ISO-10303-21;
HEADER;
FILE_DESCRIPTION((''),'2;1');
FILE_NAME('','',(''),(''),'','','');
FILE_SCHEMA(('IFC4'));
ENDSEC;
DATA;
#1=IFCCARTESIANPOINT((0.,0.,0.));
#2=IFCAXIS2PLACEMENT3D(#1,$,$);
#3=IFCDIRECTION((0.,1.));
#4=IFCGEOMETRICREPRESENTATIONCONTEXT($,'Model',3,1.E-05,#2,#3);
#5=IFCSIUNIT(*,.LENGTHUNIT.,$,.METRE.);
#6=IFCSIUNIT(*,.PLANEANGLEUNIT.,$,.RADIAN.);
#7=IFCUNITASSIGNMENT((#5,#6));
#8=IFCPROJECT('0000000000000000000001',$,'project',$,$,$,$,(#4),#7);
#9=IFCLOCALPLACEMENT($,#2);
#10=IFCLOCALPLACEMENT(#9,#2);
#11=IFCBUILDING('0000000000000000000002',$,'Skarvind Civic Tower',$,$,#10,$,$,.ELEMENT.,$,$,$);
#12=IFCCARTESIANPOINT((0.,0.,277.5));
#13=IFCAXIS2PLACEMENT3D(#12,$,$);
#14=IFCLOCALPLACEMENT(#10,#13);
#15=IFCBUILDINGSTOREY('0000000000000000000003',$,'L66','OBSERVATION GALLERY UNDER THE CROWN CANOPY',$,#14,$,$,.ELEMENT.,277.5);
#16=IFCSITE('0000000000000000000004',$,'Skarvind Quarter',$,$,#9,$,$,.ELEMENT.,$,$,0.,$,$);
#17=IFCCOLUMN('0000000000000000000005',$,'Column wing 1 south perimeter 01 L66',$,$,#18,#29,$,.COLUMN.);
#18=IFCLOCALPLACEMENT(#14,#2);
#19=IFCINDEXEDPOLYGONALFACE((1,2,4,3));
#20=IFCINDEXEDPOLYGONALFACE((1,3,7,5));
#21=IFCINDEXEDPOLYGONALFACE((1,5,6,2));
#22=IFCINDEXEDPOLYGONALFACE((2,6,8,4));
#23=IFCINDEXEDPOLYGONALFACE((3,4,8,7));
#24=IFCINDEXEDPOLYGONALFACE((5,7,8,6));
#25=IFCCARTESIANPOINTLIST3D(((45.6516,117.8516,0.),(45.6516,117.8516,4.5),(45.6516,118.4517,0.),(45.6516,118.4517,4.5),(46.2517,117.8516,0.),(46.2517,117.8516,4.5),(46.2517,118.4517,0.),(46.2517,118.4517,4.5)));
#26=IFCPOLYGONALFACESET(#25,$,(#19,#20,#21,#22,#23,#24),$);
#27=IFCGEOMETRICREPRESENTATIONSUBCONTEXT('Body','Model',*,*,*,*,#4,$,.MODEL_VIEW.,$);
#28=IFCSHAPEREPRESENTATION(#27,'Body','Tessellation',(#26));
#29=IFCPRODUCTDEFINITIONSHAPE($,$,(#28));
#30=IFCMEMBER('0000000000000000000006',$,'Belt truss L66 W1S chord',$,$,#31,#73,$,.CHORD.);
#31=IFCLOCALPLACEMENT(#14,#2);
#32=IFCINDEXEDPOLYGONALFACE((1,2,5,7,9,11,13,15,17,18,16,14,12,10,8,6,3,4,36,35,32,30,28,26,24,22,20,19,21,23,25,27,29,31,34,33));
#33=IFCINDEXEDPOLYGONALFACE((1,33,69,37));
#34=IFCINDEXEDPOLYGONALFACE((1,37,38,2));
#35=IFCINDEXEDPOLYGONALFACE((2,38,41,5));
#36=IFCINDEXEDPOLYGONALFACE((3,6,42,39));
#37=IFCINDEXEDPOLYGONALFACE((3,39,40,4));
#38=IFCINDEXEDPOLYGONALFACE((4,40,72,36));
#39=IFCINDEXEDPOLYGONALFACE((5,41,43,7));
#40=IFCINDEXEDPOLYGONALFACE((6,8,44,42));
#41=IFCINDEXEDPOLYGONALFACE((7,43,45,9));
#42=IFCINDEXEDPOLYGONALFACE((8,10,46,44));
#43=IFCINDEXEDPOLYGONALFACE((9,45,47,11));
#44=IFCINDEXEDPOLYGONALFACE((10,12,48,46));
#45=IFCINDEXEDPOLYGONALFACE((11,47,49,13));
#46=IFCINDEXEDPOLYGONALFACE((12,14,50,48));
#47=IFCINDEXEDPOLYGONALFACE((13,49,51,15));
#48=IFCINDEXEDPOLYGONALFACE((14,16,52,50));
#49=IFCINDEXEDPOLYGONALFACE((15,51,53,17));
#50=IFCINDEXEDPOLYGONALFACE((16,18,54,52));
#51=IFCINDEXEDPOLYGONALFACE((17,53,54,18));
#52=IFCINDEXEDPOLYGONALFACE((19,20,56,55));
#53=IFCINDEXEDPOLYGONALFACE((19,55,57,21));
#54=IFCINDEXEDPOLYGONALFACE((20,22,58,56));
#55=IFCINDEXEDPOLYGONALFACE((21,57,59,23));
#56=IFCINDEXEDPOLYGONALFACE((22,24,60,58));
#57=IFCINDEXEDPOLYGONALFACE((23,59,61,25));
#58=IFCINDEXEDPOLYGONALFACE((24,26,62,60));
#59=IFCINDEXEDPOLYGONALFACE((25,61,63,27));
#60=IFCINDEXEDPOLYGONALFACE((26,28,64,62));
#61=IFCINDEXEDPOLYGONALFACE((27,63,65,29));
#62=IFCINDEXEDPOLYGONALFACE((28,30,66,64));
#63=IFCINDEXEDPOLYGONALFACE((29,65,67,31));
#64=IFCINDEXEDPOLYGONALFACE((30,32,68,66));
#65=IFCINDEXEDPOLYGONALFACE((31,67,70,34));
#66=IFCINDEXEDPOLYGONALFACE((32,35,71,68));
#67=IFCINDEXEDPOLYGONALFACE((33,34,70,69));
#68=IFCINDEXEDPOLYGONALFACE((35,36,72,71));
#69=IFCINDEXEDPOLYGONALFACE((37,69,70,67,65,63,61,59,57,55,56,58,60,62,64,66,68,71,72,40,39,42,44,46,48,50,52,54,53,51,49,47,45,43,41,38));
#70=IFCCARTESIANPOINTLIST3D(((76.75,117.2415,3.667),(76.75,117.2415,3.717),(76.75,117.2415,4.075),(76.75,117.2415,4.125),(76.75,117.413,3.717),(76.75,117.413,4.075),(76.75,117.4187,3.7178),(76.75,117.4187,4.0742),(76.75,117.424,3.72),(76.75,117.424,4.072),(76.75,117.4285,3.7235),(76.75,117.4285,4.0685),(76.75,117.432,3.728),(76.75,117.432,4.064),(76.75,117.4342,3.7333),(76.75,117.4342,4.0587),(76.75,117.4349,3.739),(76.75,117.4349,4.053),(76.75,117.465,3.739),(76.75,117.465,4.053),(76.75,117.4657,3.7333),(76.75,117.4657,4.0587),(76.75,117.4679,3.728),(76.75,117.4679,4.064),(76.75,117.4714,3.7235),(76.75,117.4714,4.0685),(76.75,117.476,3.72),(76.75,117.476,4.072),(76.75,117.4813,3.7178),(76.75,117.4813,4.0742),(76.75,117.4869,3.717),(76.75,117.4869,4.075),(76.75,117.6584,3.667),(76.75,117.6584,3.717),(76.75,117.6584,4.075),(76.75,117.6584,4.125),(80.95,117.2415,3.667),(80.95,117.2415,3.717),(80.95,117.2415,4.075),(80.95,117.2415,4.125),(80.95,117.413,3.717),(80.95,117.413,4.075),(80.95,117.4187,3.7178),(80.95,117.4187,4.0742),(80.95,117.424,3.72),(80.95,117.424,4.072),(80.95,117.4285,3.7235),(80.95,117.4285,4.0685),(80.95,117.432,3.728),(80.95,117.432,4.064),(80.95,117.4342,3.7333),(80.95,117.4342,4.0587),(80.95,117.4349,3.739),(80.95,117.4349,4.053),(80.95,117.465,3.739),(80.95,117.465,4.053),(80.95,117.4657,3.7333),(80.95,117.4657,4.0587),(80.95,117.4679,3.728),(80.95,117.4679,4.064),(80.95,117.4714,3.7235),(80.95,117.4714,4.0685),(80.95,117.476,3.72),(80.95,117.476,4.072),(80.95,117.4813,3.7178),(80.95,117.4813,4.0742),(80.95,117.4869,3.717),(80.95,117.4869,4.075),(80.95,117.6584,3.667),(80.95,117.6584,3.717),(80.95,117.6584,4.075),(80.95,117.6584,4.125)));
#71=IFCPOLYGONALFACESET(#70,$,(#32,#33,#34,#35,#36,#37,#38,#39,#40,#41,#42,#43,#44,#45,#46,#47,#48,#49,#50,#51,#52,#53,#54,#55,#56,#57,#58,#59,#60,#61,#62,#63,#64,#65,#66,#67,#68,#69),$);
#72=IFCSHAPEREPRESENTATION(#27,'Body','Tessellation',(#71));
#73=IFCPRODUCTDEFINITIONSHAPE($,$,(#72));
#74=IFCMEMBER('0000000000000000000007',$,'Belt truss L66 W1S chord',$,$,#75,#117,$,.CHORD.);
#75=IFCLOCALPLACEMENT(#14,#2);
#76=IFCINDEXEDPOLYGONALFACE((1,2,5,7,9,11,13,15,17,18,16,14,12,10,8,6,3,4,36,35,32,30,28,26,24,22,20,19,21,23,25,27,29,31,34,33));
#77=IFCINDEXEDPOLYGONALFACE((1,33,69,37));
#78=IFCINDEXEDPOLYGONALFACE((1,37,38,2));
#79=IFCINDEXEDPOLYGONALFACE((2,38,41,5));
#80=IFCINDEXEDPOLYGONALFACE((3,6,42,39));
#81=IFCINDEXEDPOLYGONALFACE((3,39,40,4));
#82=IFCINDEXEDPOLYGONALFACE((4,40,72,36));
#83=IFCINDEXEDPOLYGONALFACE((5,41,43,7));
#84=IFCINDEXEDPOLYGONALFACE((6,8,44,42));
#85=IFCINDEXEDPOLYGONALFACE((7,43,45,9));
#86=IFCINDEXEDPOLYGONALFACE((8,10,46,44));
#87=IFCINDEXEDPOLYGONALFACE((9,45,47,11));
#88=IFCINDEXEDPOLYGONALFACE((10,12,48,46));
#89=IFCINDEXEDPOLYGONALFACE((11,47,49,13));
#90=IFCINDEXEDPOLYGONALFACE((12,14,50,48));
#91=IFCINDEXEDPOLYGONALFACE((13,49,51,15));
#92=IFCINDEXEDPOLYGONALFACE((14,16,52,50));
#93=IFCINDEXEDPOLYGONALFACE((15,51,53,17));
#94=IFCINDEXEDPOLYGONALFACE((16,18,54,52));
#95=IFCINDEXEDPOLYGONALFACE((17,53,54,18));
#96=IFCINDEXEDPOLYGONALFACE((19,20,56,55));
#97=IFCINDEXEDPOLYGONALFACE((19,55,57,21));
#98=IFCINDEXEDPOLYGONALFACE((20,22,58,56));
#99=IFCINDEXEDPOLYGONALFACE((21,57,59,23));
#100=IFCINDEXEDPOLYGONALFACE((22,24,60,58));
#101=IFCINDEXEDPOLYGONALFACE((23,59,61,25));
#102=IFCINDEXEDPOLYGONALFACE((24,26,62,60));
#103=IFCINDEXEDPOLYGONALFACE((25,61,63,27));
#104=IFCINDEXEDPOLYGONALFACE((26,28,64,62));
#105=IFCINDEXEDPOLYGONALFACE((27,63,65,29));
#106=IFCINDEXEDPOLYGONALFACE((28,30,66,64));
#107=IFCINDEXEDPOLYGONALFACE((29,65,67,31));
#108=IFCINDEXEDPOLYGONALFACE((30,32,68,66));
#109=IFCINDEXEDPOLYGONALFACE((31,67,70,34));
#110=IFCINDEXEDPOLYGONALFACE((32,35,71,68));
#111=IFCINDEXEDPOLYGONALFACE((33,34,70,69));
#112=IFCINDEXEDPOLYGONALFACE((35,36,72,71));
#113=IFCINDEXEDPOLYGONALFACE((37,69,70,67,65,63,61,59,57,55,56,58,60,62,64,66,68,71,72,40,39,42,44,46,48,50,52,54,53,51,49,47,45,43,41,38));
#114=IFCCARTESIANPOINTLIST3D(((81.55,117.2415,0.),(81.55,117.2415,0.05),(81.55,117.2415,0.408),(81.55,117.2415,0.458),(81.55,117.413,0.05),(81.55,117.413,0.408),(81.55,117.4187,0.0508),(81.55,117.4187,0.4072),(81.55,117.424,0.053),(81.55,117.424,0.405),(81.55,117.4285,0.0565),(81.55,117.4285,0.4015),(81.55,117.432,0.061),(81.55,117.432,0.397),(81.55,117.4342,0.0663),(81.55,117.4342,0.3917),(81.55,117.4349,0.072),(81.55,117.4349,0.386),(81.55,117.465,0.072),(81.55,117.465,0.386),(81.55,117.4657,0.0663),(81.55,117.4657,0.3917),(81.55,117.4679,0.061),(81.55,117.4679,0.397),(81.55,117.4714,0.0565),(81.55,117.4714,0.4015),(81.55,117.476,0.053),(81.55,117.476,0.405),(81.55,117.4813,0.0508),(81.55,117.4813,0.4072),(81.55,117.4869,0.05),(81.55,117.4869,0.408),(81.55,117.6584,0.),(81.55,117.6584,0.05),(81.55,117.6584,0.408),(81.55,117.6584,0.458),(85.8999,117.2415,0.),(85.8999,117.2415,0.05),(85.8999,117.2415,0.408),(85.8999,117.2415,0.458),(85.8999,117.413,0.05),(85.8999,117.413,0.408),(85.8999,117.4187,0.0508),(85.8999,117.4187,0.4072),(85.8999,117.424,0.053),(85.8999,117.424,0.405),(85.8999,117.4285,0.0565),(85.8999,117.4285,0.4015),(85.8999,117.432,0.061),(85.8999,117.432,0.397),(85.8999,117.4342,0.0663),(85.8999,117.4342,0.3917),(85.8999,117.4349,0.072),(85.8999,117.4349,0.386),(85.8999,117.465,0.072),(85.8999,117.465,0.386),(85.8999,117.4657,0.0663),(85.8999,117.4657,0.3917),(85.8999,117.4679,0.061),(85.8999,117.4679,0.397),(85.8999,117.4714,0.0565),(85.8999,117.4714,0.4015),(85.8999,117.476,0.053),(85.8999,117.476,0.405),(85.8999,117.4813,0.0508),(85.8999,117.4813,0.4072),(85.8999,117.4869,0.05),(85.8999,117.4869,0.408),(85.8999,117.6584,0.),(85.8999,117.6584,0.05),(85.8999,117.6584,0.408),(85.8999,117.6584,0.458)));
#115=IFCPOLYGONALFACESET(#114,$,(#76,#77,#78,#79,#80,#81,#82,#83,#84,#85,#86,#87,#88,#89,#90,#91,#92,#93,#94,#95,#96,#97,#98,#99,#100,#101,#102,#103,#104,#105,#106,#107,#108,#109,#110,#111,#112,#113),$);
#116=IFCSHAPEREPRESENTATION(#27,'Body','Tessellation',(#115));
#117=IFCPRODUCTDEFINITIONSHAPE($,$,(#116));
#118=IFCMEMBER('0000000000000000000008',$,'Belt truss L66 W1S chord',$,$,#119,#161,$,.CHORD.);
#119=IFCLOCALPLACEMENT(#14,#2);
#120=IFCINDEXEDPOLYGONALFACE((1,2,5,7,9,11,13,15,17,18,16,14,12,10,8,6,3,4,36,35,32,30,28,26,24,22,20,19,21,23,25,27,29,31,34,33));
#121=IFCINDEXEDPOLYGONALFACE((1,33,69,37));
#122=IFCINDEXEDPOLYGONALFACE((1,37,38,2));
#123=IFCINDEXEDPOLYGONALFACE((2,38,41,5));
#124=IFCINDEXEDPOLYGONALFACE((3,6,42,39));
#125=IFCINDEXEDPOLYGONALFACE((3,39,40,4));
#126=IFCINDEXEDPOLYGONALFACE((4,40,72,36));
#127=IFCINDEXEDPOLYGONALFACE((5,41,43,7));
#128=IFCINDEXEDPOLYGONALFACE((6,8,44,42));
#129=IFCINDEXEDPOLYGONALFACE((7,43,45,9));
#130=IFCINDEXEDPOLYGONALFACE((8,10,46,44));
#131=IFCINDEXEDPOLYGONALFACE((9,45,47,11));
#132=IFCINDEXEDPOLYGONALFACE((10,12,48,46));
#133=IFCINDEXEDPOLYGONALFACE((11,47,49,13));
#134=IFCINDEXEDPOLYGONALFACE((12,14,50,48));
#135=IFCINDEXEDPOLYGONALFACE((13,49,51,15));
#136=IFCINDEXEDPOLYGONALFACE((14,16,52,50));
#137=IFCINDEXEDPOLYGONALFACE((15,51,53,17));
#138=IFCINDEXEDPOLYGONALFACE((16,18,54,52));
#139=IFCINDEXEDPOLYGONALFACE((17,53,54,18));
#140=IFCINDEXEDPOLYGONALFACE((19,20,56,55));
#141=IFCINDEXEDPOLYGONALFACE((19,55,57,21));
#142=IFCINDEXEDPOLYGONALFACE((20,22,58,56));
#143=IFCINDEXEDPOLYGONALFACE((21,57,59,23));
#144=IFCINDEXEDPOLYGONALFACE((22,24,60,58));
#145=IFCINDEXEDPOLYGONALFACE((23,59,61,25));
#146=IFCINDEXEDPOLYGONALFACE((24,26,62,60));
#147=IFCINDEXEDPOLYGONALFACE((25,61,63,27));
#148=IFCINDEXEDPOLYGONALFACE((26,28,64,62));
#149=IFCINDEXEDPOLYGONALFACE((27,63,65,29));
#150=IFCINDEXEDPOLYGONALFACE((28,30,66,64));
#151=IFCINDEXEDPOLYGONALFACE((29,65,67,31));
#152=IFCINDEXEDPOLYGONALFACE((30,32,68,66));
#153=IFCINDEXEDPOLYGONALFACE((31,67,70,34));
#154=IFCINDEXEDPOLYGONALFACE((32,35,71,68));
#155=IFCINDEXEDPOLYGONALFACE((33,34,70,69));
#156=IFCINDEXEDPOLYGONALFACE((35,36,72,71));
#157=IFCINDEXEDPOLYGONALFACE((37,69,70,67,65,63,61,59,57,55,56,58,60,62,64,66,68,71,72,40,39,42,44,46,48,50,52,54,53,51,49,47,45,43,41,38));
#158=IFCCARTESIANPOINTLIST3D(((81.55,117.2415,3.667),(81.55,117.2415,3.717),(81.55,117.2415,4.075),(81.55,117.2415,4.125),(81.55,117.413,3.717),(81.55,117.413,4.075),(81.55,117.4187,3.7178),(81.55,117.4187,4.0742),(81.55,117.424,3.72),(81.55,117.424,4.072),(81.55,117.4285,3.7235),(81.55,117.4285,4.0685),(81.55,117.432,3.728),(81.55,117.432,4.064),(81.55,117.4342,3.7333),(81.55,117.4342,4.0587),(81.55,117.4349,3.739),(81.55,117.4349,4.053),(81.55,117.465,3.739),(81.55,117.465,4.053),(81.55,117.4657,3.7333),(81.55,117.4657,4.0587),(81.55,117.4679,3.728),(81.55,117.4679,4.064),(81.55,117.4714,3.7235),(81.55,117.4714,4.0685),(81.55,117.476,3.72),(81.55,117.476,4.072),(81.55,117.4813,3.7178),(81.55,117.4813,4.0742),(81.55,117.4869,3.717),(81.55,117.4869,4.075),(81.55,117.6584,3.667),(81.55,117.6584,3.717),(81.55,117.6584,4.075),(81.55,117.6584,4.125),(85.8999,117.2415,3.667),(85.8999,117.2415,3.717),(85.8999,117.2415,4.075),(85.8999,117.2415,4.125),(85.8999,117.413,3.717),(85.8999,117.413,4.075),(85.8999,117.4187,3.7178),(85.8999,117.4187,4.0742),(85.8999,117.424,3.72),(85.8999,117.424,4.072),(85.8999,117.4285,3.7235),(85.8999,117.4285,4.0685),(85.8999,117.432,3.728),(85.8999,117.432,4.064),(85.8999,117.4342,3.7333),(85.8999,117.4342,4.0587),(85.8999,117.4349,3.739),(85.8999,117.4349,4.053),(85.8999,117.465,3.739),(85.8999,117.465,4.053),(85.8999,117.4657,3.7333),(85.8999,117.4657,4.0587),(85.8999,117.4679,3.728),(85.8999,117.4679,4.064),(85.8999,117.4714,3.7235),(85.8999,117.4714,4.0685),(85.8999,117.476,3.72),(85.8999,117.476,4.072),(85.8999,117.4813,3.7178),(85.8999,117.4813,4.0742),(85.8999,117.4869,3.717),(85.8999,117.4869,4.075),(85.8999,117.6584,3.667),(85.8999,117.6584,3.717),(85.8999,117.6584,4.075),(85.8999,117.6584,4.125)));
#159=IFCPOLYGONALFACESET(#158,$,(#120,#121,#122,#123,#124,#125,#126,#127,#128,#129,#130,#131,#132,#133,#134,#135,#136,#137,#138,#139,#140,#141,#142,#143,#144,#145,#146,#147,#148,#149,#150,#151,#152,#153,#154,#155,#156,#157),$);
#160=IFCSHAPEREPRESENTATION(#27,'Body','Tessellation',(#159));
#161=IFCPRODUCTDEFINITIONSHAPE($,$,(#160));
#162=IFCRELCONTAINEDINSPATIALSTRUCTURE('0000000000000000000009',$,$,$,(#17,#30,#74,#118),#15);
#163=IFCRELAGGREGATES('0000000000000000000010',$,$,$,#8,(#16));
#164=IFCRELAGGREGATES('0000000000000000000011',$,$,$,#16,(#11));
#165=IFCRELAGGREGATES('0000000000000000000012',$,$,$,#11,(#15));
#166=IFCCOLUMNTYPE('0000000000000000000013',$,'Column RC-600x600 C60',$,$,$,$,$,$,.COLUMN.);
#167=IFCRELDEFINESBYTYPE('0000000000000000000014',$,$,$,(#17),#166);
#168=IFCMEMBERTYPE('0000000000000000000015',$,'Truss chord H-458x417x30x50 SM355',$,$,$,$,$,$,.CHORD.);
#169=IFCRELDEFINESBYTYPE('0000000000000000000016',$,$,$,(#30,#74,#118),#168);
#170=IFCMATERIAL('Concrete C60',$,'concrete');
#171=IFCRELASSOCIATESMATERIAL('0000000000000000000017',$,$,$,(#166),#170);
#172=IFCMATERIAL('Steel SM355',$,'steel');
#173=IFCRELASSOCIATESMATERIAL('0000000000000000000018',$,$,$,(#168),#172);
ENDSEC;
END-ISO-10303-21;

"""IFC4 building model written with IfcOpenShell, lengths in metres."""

from ifc_helpers import new_model, si_unit, direction, frame, origin, origin_2d, place, context, subcontext, project, spatial, rectangle, i_section, extrude, material, material_profile, profile_set, type_object, element, save


model = new_model("IFC4")

# Units and contexts
model_context = context("Model", 3, precision=1e-05, world=origin(), true_north=direction((0.0, 1.0)))
body_context = subcontext(model_context, "Body", "Model", "MODEL_VIEW")
ifc_project = project(units=[si_unit("LENGTHUNIT", "METRE"), si_unit("PLANEANGLEUNIT", "RADIAN")], contexts=[model_context])

# Site, building, storey
site_placement = place(None, origin())
site = spatial("IfcSite", under=ifc_project, at=site_placement, Name="Skarvind Quarter", CompositionType="ELEMENT", RefElevation=0.0)
building_placement = place(site_placement, origin())
building = spatial("IfcBuilding", under=site, at=building_placement, Name="Skarvind Civic Tower", CompositionType="ELEMENT")
storey_placement = place(building_placement, frame((0.0, 0.0, 277.5)))
storey = spatial("IfcBuildingStorey", under=building, at=storey_placement, Name="L66", Description="OBSERVATION GALLERY UNDER THE CROWN CANOPY", CompositionType="ELEMENT", Elevation=277.5)

# Column
ifc_material_1 = material(Name="Concrete C60", Category="concrete")
ifc_material_profile_1 = material_profile(ifc_material_1, rectangle(XDim=0.6001, YDim=0.6001, at=origin_2d()), Name="RC-600x600")
ifc_profile_set_1 = profile_set([ifc_material_profile_1], Name="Concrete C60")
column_type = type_object("IfcColumnType", Name="Column RC-600x600 C60", PredefinedType="COLUMN", material=ifc_profile_set_1)
column_placement = place(storey_placement, frame((45.9517, 118.1516, 0.0), z_axis=(0.0, 0.0, 1.0), x_axis=(1.0, 0.0, 0.0)))
element("IfcColumn", 1, at=column_placement, inside=storey, type_object=column_type, Name="Column wing 1 south perimeter 01 L66", PredefinedType="COLUMN", context=body_context, shape_type="SweptSolid", body=[
    extrude(rectangle(XDim=0.6001, YDim=0.6001, at=origin_2d()), origin(), (0.0, 0.0, 1.0), 4.5),
])

# Members
ifc_material_2 = material(Name="Steel SM355", Category="steel")
ifc_material_profile_2 = material_profile(ifc_material_2, i_section(OverallWidth=0.417, OverallDepth=0.458, WebThickness=0.03, FlangeThickness=0.05, FilletRadius=0.022, at=origin_2d()), Name="H-458x417x30x50")
ifc_profile_set_2 = profile_set([ifc_material_profile_2], Name="Steel SM355")
member_type_1 = type_object("IfcMemberType", Name="Truss chord H-458x417x30x50 SM355", PredefinedType="CHORD", material=ifc_profile_set_2)
member_1_placement = place(storey_placement, frame((76.75, 117.45, 3.896), z_axis=(1.0, 0.0, 0.0), x_axis=(0.0, 1.0, 0.0)))
element("IfcMember", 2, at=member_1_placement, inside=storey, type_object=member_type_1, Name="Belt truss L66 W1S chord", PredefinedType="CHORD", context=body_context, shape_type="SweptSolid", body=[
    extrude(i_section(OverallWidth=0.417, OverallDepth=0.458, WebThickness=0.03, FlangeThickness=0.05, FilletRadius=0.022, at=origin_2d()), origin(), (0.0, 0.0, 1.0), 4.2),
])
for number, where, z_axis, x_axis, name in (
    (3, (81.55, 117.45, 0.229), (1.0, 0.0, 0.0), (0.0, 1.0, 0.0), "Belt truss L66 W1S chord"),
    (4, (81.55, 117.45, 3.896), (1.0, 0.0, 0.0), (0.0, 1.0, 0.0), "Belt truss L66 W1S chord"),
):
    element("IfcMember", number, at=place(storey_placement, frame(where, z_axis=z_axis, x_axis=x_axis)), inside=storey, type_object=member_type_1, Name=name, PredefinedType="CHORD", context=body_context, shape_type="SweptSolid", body=[
        extrude(i_section(OverallWidth=0.417, OverallDepth=0.458, WebThickness=0.03, FlangeThickness=0.05, FilletRadius=0.022, at=origin_2d()), origin(), (0.0, 0.0, 1.0), 4.3499),
    ])

save(model, "model.ifc")
